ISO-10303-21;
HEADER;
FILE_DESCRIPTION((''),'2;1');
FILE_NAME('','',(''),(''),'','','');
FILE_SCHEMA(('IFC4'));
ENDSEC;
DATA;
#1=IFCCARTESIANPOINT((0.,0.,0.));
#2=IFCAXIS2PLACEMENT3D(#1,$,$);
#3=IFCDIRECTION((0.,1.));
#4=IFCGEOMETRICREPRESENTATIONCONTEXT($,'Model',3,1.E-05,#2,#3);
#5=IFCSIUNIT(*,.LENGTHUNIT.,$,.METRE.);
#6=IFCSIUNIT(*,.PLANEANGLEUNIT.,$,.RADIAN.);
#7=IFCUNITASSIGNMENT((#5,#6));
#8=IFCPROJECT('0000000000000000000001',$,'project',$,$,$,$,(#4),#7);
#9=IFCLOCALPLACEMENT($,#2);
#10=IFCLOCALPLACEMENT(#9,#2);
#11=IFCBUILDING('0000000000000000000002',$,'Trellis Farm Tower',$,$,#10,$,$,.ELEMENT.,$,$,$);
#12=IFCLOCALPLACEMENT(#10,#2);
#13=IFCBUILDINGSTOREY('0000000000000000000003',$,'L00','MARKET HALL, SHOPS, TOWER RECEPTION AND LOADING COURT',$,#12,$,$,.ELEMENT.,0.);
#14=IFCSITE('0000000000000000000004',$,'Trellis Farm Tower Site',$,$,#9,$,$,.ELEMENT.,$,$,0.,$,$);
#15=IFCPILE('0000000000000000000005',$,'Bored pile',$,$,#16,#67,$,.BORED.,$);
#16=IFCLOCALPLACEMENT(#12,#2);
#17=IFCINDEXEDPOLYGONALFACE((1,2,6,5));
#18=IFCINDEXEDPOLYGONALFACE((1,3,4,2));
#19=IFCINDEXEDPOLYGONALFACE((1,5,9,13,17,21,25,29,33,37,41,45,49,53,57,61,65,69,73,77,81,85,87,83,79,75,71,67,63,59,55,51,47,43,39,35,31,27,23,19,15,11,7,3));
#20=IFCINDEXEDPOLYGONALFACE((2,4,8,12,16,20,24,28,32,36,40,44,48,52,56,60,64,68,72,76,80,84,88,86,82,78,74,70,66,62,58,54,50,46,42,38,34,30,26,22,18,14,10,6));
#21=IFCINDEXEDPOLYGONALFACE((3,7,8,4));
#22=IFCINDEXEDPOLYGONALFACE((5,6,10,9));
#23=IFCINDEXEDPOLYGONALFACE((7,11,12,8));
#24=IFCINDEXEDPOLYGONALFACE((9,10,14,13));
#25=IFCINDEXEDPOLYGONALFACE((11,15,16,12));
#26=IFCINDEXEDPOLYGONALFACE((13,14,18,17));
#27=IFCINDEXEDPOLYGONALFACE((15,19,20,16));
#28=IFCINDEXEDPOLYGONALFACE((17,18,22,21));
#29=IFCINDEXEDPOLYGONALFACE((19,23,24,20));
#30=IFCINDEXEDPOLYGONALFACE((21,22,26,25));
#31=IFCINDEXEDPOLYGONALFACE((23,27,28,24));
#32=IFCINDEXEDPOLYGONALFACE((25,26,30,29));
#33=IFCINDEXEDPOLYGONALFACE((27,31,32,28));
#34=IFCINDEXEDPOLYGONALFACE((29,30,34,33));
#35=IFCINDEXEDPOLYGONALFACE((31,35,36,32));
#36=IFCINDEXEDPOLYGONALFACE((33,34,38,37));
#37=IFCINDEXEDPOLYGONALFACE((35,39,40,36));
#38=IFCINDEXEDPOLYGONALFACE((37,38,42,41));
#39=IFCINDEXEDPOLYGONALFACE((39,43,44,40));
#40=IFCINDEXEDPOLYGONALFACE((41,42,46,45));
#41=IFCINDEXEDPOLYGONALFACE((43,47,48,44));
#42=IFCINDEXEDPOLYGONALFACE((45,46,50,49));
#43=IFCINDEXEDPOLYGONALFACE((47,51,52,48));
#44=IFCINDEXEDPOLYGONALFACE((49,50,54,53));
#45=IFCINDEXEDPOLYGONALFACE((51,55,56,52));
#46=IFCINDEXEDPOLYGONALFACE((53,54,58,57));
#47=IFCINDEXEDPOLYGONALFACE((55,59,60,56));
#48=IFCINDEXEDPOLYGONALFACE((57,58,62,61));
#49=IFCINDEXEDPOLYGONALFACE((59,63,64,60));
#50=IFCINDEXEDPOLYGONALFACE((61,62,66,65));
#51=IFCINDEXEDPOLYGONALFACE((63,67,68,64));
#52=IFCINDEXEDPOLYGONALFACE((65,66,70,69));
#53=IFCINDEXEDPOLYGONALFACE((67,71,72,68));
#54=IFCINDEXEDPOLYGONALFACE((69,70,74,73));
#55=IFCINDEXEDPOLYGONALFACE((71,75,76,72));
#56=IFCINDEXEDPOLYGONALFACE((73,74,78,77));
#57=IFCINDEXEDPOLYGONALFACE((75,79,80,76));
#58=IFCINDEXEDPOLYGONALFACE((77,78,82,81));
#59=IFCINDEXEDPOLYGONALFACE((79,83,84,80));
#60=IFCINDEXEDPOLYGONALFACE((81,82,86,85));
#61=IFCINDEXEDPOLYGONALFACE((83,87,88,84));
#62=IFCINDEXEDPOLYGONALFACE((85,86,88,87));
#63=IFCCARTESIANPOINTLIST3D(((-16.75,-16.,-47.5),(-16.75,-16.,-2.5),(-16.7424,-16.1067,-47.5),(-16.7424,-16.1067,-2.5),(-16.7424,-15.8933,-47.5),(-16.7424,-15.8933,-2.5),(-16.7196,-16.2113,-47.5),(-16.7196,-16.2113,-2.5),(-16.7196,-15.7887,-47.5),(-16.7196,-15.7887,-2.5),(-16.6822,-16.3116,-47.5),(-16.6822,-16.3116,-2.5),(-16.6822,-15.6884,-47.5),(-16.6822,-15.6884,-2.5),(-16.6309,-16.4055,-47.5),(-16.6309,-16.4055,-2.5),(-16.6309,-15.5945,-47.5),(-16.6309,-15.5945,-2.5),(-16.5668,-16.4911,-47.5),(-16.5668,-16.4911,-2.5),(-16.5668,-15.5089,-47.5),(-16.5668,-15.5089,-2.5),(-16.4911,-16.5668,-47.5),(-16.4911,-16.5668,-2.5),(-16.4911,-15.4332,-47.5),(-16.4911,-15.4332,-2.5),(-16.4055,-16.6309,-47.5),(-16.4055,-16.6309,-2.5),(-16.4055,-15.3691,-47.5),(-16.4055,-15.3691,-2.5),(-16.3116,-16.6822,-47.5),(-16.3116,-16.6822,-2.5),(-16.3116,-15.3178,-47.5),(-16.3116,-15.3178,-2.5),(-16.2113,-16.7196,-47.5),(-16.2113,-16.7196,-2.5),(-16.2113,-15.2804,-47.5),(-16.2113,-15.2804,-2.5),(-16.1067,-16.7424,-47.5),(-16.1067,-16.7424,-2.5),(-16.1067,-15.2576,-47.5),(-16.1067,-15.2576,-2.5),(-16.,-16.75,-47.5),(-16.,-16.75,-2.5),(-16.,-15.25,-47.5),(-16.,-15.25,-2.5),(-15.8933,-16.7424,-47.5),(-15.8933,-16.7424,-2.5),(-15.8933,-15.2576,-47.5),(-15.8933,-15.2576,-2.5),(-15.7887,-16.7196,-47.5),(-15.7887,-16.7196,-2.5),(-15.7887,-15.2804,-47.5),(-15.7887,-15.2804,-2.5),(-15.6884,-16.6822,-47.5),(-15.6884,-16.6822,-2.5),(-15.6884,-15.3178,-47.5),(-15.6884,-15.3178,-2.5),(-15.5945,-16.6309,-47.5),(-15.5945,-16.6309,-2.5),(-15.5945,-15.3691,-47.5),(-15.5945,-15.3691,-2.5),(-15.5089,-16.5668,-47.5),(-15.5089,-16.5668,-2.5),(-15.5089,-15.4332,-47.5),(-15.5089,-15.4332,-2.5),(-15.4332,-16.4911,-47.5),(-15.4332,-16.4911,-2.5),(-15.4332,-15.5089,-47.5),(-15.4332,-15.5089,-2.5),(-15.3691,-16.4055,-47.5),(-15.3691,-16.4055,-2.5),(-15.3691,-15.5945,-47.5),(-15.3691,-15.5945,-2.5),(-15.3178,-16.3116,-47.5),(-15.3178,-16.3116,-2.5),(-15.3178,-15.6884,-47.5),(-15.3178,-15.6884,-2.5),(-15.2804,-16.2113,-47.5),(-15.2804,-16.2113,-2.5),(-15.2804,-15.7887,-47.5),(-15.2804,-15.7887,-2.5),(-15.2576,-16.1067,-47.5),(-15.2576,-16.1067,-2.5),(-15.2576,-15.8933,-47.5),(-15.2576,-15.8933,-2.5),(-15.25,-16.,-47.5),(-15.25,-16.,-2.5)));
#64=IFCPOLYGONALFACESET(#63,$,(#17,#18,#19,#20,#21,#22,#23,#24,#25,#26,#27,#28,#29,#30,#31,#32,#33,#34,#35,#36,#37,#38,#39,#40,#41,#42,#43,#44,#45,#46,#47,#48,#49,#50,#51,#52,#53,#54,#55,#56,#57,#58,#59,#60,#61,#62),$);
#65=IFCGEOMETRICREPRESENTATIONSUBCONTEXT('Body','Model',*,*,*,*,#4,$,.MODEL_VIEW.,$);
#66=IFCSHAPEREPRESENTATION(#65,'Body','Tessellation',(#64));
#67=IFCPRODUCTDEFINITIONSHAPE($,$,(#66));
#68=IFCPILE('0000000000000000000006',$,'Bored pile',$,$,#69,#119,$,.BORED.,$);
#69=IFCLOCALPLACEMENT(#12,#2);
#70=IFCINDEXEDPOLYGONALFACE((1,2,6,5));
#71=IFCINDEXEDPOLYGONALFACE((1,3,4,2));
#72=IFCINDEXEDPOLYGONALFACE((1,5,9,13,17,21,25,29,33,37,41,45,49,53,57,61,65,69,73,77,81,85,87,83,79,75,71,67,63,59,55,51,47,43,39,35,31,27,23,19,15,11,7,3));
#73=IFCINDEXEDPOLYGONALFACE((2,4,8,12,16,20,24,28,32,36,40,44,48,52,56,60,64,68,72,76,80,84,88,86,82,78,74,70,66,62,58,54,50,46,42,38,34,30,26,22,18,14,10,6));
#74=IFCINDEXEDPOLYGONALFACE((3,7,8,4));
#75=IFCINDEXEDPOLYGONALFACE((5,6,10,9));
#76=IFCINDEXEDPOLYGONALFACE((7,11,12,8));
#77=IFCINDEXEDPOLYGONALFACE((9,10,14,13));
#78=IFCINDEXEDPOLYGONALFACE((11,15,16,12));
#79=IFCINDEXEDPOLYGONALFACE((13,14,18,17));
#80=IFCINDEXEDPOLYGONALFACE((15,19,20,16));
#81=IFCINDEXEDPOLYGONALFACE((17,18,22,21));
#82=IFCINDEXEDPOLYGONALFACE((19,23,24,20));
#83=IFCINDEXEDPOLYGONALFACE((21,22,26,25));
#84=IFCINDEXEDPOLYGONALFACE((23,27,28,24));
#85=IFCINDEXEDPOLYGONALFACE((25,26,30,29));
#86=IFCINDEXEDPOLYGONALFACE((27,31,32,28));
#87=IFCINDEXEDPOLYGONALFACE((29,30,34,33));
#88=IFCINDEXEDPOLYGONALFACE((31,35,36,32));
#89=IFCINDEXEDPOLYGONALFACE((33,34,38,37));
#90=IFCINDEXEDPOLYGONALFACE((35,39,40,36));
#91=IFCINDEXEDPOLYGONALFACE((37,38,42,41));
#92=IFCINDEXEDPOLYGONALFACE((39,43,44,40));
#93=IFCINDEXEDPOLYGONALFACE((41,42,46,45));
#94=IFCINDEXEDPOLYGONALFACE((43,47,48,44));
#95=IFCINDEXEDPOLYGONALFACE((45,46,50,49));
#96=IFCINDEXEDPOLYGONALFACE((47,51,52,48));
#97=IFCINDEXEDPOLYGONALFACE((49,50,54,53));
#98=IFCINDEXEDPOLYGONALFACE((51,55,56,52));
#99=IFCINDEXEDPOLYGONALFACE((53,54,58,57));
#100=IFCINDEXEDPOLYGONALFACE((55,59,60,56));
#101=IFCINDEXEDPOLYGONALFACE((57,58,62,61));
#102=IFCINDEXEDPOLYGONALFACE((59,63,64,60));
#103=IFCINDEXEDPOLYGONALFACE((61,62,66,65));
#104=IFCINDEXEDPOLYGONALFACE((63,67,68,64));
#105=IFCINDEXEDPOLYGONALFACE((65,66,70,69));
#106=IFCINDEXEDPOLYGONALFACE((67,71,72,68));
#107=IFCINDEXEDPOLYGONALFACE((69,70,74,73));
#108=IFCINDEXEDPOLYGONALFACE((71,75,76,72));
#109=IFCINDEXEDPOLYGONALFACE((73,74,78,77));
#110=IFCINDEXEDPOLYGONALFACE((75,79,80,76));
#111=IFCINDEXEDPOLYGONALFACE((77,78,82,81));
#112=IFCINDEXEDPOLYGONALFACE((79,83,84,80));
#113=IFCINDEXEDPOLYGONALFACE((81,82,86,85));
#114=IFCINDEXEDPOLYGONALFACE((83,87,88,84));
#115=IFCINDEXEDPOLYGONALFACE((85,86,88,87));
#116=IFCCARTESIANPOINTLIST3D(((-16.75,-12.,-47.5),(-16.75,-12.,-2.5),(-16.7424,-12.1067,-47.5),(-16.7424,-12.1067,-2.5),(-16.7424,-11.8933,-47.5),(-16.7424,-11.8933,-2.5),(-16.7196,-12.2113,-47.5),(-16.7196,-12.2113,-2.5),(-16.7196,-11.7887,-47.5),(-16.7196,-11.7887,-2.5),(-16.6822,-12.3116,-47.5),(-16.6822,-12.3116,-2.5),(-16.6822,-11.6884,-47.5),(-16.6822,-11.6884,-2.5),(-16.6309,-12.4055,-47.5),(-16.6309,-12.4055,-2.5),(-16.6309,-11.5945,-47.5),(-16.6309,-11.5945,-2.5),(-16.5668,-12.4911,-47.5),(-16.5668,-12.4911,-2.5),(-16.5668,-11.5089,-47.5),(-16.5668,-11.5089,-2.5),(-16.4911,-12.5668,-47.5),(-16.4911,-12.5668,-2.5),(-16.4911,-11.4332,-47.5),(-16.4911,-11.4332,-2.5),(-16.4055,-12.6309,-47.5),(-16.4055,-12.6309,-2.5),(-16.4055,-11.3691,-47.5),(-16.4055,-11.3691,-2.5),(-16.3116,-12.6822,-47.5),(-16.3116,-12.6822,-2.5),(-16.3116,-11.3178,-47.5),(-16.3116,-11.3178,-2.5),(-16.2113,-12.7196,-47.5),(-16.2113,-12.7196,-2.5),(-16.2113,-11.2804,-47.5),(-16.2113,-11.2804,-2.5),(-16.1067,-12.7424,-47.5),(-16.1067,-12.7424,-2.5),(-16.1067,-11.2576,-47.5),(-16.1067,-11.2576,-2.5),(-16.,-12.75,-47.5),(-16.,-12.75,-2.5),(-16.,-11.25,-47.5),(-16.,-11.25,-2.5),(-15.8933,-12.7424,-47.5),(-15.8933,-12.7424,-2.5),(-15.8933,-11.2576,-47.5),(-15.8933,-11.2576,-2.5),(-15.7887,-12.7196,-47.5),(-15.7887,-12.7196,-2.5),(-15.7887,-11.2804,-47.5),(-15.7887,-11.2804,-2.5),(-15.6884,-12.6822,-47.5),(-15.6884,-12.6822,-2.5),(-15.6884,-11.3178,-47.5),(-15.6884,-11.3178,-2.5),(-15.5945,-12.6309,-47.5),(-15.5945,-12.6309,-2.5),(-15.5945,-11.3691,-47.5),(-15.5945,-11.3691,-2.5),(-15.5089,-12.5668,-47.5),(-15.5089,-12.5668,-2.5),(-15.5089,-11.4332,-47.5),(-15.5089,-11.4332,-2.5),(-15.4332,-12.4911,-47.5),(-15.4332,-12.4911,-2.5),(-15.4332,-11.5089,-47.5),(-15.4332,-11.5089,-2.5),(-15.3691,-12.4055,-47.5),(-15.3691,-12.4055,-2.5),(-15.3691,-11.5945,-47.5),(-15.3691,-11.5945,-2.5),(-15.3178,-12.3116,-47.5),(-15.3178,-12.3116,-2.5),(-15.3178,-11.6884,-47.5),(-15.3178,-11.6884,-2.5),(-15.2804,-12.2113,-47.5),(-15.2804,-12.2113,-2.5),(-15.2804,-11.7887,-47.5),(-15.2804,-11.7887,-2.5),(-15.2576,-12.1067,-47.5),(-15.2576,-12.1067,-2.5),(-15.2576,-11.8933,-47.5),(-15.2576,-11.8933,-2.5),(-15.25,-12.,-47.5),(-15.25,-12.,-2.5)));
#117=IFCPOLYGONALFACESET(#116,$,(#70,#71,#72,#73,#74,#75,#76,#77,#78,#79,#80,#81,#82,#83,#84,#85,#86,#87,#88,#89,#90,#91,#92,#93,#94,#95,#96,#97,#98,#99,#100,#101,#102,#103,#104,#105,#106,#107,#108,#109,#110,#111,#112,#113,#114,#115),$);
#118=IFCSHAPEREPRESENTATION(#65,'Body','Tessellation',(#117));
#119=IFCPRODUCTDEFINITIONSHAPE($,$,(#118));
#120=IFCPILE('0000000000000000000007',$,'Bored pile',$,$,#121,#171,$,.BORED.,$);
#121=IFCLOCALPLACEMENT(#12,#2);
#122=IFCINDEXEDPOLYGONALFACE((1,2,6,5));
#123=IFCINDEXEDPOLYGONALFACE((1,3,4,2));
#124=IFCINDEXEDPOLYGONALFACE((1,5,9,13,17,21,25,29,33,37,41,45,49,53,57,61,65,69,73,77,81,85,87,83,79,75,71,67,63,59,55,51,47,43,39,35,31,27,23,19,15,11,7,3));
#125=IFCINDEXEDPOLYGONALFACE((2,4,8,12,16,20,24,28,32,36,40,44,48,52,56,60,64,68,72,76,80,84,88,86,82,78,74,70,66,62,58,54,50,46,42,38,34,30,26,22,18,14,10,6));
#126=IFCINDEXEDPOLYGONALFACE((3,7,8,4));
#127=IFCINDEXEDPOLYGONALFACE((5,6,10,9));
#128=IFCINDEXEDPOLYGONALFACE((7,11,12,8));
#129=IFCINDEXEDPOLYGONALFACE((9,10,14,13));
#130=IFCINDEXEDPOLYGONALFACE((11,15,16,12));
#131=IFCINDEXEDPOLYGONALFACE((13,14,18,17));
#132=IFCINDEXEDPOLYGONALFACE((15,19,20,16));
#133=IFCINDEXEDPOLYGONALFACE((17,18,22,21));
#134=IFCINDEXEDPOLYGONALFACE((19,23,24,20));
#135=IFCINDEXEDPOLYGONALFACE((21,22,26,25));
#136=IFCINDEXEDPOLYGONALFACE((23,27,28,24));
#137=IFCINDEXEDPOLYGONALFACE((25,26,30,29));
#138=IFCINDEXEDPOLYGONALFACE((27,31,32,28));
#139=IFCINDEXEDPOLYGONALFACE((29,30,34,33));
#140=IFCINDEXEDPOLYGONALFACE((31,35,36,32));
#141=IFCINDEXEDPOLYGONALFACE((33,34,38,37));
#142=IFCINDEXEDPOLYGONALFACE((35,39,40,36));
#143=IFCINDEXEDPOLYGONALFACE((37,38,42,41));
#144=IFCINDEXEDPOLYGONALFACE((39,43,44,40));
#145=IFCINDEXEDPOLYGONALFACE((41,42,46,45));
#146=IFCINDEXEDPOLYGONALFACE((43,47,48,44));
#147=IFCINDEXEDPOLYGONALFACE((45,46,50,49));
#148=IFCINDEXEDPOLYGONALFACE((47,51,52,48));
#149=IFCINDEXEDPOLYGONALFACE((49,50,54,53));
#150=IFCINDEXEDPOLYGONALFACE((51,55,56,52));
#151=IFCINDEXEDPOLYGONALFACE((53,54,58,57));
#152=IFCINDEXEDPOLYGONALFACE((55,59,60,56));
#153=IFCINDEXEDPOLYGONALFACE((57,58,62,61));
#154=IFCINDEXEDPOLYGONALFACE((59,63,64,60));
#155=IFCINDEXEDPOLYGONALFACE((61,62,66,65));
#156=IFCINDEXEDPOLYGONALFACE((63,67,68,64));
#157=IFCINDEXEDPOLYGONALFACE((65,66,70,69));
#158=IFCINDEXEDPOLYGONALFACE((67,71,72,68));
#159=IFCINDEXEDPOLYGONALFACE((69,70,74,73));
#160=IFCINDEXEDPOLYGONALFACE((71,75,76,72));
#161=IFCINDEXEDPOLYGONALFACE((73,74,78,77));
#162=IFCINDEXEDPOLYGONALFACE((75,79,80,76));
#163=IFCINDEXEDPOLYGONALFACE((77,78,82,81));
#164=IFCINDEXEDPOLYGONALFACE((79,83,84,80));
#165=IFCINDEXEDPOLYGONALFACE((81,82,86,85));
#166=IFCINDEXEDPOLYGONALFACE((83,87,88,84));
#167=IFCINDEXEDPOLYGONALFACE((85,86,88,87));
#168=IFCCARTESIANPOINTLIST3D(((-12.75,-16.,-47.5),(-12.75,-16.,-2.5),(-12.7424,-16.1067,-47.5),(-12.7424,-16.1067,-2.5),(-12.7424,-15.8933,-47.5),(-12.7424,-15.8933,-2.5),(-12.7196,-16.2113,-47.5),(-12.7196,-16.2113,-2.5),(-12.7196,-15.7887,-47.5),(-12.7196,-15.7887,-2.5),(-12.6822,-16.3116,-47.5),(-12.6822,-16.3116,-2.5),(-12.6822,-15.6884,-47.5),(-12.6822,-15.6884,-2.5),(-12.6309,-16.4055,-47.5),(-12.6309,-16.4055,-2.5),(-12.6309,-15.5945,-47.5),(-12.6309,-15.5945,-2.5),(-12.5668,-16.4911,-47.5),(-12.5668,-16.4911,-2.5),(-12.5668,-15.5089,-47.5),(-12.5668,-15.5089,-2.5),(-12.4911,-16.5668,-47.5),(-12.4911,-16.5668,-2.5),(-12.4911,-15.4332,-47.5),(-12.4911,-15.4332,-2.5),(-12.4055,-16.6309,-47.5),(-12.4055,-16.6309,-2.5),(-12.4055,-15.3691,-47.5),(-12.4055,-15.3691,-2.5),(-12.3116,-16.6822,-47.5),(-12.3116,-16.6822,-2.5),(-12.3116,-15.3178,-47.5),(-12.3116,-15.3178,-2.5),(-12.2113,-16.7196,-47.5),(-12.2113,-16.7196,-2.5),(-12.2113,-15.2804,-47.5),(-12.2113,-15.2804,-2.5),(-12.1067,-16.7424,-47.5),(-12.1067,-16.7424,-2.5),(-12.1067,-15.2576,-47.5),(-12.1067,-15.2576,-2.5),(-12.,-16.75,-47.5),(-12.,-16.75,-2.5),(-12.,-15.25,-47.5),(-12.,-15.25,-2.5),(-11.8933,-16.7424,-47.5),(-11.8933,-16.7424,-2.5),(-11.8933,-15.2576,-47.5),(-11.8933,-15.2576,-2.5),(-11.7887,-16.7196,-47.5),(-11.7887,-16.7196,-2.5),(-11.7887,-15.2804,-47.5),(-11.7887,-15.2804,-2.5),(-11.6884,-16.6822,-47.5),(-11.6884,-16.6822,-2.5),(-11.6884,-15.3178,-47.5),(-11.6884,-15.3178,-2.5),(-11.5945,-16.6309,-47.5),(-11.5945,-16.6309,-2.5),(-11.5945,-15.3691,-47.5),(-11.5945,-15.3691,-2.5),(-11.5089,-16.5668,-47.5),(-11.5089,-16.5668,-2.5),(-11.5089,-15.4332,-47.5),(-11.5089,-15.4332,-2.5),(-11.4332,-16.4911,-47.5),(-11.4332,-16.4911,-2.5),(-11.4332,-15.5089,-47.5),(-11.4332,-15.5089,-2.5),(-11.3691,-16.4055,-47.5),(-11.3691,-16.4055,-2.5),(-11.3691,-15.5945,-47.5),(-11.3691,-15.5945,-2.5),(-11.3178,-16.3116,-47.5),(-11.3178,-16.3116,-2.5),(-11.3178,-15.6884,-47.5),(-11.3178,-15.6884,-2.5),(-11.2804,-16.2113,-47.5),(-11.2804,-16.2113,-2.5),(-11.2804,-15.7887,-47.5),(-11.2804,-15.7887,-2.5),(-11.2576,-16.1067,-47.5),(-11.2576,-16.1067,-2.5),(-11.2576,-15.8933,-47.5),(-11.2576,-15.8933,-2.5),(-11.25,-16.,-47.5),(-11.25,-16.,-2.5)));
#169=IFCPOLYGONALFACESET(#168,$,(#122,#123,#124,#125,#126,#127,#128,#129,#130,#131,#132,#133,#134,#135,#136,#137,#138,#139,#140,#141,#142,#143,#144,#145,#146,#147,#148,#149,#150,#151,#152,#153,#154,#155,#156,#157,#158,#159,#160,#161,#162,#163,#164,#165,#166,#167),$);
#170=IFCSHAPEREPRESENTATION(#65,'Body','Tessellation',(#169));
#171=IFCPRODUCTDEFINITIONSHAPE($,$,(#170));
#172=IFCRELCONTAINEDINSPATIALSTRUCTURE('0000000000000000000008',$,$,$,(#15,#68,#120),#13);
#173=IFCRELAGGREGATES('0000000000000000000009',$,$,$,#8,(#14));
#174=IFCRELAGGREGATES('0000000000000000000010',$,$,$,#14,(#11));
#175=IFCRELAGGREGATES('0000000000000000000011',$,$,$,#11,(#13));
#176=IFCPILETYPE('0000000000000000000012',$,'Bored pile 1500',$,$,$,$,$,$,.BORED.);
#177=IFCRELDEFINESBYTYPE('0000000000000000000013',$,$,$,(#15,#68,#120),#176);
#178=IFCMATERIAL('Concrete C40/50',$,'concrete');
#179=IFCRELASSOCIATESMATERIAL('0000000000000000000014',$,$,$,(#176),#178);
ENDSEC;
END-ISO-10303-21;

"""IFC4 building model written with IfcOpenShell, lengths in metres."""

from ifc_helpers import new_model, si_unit, direction, frame, origin, origin_2d, place, context, subcontext, project, spatial, circle, extrude, source, transform, mapped, material, material_profile, profile_set, type_object, element, save


model = new_model("IFC4")

# Units and contexts
model_context = context("Model", 3, precision=1e-05, world=origin(), true_north=direction((0.0, 1.0)))
body_context = subcontext(model_context, "Body", "Model", "MODEL_VIEW")
ifc_project = project(units=[si_unit("LENGTHUNIT", "METRE"), si_unit("PLANEANGLEUNIT", "RADIAN")], contexts=[model_context])

# Site, building, storey
site_placement = place(None, origin())
site = spatial("IfcSite", under=ifc_project, at=site_placement, Name="Trellis Farm Tower Site", CompositionType="ELEMENT", RefElevation=0.0)
building_placement = place(site_placement, origin())
building = spatial("IfcBuilding", under=site, at=building_placement, Name="Trellis Farm Tower", CompositionType="ELEMENT")
storey_placement = place(building_placement, origin())
storey = spatial("IfcBuildingStorey", under=building, at=storey_placement, Name="L00", Description="MARKET HALL, SHOPS, TOWER RECEPTION AND LOADING COURT", CompositionType="ELEMENT", Elevation=0.0)

# Piles
ifc_material_1 = material(Name="Concrete C40/50", Category="concrete")
ifc_material_profile_1 = material_profile(ifc_material_1, circle(Radius=0.75, at=origin_2d()), Name="Bored pile 1500")
ifc_profile_set_1 = profile_set([ifc_material_profile_1], Name="Concrete C40/50")
pile_type = type_object("IfcPileType", Name="Bored pile 1500", PredefinedType="BORED", material=ifc_profile_set_1)
shared_shape_1 = source(origin(), body_context, "Body", "SweptSolid", [
    extrude(circle(Radius=0.75, at=origin_2d()), origin(), (0.0, 0.0, 1.0), 45.0),
])
for number, where, z_axis, x_axis, name in (
    (1, (-16.0, -16.0, -2.5), (0.0, 0.0, -1.0), (1.0, 0.0, 0.0), "Bored pile"),
    (2, (-16.0, -12.0, -2.5), (0.0, 0.0, -1.0), (1.0, 0.0, 0.0), "Bored pile"),
    (3, (-12.0, -16.0, -2.5), (0.0, 0.0, -1.0), (1.0, 0.0, 0.0), "Bored pile"),
):
    element("IfcPile", number, at=place(storey_placement, frame(where, z_axis=z_axis, x_axis=x_axis)), inside=storey, type_object=pile_type, Name=name, PredefinedType="BORED", context=body_context, shape_type="MappedRepresentation", body=[
        mapped(shared_shape_1, transform((0.0, 0.0, 0.0))),
    ])

save(model, "model.ifc")
